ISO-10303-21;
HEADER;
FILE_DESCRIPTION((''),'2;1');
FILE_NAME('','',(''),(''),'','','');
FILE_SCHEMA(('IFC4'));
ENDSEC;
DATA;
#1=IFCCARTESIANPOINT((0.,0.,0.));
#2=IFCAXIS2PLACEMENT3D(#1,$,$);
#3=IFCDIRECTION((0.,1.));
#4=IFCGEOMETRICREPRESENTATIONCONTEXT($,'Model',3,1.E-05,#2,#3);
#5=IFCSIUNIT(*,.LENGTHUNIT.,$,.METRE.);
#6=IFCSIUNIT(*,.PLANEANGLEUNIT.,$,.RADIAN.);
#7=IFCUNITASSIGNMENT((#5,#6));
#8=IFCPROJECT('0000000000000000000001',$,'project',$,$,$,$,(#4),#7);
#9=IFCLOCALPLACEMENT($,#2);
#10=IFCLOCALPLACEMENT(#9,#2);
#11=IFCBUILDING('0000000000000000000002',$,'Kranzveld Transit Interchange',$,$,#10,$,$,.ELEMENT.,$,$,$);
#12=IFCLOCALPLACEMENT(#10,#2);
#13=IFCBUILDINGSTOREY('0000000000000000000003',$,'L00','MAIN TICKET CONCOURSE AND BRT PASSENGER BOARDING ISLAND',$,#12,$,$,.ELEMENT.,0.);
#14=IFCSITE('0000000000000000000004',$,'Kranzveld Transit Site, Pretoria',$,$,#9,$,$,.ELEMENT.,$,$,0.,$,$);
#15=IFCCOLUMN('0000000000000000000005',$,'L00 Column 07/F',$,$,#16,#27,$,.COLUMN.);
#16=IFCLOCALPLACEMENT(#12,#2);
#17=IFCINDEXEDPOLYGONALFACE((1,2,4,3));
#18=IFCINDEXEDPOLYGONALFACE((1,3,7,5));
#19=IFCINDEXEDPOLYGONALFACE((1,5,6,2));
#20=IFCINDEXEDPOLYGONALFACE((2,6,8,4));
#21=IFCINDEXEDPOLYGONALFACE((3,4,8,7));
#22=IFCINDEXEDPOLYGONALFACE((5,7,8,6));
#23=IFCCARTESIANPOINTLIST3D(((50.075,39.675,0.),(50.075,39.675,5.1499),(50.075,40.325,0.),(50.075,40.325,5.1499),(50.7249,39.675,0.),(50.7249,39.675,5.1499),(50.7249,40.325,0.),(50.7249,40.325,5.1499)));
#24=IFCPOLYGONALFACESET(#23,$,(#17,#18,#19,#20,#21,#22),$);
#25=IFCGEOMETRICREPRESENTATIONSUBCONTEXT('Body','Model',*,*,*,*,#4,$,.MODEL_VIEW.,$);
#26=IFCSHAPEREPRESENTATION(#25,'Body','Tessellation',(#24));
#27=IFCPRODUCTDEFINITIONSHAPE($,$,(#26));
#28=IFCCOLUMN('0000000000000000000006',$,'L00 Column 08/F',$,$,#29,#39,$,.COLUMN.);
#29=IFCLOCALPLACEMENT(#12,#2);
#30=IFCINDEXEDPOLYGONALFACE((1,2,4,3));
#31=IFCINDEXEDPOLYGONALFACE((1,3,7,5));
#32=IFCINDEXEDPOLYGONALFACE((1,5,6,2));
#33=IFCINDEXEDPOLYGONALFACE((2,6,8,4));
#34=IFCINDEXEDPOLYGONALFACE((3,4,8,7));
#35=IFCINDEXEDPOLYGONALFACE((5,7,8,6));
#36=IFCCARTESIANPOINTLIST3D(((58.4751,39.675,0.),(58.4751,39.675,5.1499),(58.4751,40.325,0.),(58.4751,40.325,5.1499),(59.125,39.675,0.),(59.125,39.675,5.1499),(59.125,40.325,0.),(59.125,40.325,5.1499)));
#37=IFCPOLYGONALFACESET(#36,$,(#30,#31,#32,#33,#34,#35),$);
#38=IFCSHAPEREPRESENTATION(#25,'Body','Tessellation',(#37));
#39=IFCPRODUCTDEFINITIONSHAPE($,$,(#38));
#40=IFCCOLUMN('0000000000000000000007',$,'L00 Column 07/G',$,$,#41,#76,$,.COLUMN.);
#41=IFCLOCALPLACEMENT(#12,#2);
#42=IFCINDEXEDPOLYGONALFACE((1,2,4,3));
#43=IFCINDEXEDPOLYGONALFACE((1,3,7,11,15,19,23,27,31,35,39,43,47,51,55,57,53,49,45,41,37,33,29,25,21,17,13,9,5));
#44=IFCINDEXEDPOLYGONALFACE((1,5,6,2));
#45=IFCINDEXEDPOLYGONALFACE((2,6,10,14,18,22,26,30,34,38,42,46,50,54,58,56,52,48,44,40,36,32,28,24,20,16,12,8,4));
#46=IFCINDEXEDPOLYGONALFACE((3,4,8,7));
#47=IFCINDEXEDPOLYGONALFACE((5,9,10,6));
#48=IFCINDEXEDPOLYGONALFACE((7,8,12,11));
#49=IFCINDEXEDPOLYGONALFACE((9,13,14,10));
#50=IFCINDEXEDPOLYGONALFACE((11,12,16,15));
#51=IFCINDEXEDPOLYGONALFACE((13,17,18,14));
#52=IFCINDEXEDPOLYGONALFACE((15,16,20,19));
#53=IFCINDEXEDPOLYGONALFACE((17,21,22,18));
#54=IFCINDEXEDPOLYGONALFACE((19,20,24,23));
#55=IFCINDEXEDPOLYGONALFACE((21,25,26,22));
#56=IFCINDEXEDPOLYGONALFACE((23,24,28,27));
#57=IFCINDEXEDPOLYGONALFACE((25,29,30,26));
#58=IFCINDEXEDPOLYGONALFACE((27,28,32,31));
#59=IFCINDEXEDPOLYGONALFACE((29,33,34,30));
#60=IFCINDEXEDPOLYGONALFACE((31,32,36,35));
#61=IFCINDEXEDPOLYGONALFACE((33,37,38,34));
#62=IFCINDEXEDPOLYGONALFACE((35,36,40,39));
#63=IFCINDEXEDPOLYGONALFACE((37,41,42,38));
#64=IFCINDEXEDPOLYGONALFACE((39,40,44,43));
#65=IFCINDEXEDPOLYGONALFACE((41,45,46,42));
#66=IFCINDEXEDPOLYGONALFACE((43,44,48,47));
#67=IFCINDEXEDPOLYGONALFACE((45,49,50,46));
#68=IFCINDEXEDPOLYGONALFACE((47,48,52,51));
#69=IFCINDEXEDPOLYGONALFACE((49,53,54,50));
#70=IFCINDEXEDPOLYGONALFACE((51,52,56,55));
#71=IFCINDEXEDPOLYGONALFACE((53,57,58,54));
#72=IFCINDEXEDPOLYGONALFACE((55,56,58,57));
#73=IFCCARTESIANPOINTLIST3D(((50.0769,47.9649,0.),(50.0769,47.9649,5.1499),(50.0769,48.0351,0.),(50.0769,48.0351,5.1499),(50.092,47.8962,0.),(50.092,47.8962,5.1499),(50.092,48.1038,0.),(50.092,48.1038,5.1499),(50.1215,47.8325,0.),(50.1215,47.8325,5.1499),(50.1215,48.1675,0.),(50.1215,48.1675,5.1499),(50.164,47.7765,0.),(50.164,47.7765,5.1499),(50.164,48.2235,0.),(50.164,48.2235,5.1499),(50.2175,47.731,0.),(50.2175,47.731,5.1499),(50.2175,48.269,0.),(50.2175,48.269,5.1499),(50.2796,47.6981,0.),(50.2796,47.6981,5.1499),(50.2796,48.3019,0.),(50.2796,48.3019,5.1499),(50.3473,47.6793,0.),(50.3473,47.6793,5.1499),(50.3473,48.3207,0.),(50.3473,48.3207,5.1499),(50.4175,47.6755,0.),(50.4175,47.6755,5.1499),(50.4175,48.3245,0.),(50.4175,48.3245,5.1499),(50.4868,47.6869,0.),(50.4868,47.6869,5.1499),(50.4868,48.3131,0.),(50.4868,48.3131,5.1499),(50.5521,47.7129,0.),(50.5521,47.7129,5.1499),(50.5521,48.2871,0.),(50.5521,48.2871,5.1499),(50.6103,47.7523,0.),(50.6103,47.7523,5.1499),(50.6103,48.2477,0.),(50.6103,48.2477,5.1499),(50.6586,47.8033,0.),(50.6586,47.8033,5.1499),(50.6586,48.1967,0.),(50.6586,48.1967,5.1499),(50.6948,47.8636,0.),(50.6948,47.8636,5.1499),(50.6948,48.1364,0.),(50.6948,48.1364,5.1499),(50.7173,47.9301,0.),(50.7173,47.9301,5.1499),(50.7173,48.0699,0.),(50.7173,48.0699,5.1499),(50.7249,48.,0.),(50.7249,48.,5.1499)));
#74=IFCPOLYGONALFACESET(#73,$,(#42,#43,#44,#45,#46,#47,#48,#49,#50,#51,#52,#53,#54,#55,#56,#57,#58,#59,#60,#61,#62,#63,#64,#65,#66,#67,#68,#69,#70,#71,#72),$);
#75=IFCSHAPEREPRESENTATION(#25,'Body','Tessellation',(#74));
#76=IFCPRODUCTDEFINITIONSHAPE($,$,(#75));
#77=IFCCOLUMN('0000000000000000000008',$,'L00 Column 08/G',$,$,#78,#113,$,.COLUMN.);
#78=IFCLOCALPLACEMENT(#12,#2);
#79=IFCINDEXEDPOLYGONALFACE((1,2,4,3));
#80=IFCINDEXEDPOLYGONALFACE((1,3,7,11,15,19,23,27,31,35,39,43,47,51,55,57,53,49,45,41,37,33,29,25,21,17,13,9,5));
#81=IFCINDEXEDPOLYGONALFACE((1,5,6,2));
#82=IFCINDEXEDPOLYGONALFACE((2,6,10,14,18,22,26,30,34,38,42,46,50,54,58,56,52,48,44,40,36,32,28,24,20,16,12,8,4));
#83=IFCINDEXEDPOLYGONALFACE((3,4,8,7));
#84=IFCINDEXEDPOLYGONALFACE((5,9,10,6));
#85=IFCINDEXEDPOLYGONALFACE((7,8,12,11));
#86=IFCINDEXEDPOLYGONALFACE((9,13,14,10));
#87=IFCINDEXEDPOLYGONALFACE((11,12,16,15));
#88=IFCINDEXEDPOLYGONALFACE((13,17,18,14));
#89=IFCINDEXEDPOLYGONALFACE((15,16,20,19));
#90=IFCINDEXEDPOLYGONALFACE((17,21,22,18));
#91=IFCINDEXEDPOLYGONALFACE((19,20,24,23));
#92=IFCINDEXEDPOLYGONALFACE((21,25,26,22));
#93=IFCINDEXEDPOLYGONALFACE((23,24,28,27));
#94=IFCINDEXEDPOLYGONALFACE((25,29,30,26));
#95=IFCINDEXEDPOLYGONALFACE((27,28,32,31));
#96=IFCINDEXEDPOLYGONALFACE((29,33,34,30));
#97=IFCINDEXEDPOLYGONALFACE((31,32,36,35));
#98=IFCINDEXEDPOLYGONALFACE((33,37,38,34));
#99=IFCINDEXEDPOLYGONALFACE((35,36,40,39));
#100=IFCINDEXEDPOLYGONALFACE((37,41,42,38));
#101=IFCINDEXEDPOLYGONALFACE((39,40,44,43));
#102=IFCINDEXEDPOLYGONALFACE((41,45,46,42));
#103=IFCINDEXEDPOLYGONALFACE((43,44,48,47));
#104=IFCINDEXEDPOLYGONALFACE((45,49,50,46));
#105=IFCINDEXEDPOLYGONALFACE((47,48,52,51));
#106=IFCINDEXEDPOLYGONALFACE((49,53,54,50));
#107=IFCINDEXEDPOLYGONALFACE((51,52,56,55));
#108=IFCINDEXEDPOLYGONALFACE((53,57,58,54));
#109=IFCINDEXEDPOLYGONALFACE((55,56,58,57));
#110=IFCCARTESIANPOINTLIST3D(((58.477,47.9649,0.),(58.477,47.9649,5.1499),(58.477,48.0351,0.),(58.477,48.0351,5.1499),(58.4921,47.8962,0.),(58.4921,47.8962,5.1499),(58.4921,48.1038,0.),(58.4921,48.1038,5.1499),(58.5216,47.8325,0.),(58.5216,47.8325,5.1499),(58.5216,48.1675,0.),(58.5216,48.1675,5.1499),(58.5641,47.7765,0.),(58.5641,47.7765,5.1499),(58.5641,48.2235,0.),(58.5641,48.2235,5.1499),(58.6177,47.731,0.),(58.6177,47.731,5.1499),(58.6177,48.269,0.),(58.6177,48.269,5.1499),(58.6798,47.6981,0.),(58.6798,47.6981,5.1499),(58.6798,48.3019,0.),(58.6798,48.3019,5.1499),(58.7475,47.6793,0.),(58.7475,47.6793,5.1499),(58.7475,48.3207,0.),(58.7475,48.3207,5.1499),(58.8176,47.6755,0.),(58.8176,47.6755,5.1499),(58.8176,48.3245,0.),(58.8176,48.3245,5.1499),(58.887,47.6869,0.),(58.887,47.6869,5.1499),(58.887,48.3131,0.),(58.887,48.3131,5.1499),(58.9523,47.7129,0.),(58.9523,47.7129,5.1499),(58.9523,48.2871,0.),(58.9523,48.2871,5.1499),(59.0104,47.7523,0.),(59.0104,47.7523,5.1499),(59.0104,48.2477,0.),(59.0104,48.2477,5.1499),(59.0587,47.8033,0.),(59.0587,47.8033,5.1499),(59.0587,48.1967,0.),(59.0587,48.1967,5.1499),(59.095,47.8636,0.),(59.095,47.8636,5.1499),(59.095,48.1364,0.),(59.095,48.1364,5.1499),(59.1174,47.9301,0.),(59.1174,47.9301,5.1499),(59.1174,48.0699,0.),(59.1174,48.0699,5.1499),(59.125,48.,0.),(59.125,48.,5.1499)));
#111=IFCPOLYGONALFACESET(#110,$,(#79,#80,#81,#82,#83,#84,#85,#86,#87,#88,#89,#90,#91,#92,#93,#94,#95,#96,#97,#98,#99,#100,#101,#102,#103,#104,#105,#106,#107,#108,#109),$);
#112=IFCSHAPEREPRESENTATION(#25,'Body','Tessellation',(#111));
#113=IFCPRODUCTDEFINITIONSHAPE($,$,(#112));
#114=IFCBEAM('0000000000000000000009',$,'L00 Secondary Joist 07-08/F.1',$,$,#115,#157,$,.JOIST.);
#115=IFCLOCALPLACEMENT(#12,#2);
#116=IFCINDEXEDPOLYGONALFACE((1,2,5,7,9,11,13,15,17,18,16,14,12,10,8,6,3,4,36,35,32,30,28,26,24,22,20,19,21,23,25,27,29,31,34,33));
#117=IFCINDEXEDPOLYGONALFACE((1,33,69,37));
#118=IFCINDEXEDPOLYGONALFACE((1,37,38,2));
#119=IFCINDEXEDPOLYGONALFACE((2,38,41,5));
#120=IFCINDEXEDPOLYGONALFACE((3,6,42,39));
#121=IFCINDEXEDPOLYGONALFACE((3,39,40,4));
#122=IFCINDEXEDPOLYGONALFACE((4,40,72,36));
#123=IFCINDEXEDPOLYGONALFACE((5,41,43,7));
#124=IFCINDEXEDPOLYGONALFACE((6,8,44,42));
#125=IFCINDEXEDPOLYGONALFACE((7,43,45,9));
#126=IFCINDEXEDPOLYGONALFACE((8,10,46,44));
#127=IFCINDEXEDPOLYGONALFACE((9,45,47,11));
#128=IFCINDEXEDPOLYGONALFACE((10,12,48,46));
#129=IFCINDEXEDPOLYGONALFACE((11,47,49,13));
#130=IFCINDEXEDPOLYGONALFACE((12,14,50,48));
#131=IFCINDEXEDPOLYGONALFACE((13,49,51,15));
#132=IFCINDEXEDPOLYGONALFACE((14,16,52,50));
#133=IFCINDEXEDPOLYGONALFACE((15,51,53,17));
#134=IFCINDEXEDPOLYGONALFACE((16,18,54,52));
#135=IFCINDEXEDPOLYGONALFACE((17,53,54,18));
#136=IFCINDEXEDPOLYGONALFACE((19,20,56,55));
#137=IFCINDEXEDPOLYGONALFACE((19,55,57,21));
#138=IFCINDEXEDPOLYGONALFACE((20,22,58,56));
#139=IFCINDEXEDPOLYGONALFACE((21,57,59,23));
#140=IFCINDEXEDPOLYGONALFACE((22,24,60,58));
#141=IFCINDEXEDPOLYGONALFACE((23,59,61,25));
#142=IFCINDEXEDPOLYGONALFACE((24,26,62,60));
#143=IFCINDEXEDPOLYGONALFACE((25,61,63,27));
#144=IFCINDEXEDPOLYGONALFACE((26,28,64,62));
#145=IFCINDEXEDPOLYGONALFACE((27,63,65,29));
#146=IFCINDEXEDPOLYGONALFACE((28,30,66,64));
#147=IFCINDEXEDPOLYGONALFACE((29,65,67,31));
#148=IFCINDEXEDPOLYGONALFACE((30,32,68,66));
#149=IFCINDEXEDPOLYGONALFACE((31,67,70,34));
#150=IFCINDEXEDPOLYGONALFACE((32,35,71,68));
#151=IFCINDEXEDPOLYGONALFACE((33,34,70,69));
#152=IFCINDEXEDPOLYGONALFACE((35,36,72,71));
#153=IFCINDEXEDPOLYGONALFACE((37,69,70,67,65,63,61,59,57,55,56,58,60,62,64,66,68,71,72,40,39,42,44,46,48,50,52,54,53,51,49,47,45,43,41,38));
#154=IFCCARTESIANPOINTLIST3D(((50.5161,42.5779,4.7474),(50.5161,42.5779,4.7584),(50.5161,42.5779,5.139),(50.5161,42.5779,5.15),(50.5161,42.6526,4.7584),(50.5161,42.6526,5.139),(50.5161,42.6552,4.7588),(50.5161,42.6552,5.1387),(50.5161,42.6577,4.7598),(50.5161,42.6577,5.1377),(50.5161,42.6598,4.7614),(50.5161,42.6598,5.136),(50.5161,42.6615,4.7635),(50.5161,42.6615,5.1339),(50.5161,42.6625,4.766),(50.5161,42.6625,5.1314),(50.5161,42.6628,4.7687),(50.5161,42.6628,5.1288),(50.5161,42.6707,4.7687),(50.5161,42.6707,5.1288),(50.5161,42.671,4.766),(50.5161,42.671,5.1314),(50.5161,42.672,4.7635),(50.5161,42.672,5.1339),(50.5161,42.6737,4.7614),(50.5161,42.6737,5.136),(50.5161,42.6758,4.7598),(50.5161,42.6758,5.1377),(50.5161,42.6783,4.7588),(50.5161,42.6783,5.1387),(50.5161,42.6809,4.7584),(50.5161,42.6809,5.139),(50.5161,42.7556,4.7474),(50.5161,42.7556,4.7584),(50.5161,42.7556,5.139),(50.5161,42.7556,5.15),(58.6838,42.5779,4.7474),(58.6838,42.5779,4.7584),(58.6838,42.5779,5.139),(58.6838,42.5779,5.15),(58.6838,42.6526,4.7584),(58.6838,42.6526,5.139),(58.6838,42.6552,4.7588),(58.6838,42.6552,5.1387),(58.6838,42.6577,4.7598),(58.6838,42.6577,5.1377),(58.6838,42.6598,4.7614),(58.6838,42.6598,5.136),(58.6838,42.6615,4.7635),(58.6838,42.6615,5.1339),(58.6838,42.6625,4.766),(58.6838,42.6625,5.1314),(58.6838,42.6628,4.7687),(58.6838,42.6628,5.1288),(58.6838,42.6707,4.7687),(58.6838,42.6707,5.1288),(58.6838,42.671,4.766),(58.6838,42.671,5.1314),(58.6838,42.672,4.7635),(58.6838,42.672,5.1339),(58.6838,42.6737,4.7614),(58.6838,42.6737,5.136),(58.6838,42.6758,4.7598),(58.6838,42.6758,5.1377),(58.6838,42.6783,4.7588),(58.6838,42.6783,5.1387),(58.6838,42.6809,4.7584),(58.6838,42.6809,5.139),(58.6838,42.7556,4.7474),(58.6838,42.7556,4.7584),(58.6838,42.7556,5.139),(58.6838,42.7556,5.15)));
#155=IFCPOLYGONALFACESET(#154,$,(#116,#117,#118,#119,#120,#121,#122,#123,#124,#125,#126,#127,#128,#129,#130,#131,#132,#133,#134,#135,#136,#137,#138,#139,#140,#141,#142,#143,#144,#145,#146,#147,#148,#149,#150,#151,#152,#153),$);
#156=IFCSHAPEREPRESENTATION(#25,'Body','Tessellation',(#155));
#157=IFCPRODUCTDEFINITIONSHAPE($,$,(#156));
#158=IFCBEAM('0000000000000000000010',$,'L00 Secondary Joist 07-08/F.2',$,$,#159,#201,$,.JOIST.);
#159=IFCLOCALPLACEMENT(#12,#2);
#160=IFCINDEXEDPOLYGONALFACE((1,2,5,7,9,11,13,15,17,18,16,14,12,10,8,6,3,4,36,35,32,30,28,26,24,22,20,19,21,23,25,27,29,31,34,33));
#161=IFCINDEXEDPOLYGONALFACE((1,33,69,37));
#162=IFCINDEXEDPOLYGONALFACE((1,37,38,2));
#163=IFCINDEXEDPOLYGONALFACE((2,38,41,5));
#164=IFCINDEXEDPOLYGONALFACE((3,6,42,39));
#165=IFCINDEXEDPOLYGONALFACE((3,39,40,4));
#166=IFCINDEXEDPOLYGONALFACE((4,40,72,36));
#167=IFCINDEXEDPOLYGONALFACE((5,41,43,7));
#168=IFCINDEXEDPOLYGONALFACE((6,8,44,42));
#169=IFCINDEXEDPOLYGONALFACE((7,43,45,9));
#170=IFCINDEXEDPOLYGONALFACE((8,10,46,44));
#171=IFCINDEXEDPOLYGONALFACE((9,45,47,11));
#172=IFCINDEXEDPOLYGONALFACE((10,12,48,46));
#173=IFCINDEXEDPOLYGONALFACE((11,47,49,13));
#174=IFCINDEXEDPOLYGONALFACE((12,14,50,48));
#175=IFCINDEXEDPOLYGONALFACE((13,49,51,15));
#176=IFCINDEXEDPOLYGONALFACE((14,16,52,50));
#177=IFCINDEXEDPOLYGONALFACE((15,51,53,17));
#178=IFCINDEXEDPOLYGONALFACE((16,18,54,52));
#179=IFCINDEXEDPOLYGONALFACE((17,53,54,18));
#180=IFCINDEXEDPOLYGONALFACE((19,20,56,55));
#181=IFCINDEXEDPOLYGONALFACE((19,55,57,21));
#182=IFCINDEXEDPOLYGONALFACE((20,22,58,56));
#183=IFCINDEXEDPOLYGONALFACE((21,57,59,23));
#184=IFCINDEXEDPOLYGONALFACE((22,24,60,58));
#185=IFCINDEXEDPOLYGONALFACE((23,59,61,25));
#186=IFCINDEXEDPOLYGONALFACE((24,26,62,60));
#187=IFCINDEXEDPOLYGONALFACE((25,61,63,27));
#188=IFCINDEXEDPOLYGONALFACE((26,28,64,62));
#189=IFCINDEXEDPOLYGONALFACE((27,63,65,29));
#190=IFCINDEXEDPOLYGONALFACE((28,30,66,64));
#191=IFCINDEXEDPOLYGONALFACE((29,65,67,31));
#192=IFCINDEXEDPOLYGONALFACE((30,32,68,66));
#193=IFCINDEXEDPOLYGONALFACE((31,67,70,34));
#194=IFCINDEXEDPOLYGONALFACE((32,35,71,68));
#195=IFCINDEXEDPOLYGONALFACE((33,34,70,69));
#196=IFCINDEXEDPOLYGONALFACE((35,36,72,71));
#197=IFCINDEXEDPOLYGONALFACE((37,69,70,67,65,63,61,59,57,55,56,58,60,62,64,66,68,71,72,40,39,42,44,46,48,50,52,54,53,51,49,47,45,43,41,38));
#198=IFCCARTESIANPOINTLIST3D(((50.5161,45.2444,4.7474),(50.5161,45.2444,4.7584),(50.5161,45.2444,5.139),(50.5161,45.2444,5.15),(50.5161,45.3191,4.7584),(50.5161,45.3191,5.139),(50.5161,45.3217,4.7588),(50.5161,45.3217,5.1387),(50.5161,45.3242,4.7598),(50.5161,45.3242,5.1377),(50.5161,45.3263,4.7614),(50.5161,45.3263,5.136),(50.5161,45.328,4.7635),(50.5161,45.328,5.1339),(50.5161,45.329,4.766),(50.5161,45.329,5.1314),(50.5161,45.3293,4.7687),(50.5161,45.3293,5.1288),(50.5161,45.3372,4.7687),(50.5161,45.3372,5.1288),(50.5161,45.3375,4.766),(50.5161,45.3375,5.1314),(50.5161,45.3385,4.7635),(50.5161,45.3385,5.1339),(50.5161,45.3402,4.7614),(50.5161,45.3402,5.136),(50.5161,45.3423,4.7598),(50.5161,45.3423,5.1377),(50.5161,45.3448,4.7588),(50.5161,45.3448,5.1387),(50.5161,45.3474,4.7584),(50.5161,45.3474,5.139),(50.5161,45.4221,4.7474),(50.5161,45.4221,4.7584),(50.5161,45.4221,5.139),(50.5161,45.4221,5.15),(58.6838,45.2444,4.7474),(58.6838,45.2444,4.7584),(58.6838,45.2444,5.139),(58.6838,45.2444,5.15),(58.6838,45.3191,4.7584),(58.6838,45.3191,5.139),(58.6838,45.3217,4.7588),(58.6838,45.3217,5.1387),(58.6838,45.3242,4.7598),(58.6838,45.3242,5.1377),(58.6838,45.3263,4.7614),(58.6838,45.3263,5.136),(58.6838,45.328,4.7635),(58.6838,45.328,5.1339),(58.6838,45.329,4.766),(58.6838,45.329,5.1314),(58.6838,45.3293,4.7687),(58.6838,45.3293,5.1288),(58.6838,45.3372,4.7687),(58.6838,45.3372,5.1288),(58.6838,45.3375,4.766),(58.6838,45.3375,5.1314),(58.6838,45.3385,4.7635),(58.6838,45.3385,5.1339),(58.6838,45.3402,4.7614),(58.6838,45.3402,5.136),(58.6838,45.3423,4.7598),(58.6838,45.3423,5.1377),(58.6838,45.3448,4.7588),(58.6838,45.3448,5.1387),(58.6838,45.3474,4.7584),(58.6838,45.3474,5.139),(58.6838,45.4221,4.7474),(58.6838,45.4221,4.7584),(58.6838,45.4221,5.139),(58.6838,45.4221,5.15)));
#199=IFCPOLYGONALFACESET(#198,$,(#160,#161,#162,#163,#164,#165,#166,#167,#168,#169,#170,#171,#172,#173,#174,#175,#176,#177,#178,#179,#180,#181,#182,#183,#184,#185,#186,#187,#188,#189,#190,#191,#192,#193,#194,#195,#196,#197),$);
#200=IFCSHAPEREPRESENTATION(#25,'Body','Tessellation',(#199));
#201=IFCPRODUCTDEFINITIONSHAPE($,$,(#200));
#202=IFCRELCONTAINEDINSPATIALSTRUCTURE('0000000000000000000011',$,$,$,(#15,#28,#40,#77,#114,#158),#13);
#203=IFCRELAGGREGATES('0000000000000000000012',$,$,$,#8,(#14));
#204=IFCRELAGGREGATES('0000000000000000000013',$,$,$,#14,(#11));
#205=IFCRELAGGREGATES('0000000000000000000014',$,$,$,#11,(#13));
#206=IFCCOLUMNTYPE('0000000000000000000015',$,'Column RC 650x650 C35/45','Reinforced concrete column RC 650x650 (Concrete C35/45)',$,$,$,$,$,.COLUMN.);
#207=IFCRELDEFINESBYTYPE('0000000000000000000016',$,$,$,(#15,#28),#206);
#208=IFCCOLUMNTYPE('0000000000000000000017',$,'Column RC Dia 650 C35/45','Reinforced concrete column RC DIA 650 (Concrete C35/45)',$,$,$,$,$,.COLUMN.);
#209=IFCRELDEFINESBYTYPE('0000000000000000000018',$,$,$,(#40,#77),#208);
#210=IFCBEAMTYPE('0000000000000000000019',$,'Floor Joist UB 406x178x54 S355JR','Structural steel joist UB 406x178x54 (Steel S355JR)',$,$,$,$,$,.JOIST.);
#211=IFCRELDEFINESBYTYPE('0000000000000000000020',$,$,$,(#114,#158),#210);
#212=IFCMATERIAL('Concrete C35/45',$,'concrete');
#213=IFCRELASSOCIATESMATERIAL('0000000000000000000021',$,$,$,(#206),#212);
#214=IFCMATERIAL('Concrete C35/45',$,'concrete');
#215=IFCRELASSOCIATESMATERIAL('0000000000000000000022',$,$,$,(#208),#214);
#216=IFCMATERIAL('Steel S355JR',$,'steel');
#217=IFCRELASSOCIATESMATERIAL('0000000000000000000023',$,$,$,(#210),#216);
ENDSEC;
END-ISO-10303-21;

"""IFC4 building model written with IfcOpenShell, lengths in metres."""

from ifc_helpers import new_model, si_unit, direction, frame, origin, origin_2d, place, context, subcontext, project, spatial, rectangle, circle, i_section, extrude, material, material_profile, profile_set, type_object, element, save


model = new_model("IFC4")

# Units and contexts
model_context = context("Model", 3, precision=1e-05, world=origin(), true_north=direction((0.0, 1.0)))
body_context = subcontext(model_context, "Body", "Model", "MODEL_VIEW")
ifc_project = project(units=[si_unit("LENGTHUNIT", "METRE"), si_unit("PLANEANGLEUNIT", "RADIAN")], contexts=[model_context])

# Site, building, storey
site_placement = place(None, origin())
site = spatial("IfcSite", under=ifc_project, at=site_placement, Name="Kranzveld Transit Site, Pretoria", CompositionType="ELEMENT", RefElevation=0.0)
building_placement = place(site_placement, origin())
building = spatial("IfcBuilding", under=site, at=building_placement, Name="Kranzveld Transit Interchange", CompositionType="ELEMENT")
storey_placement = place(building_placement, origin())
storey = spatial("IfcBuildingStorey", under=building, at=storey_placement, Name="L00", Description="MAIN TICKET CONCOURSE AND BRT PASSENGER BOARDING ISLAND", CompositionType="ELEMENT", Elevation=0.0)

# Columns
ifc_material_1 = material(Name="Concrete C35/45", Category="concrete")
ifc_material_profile_1 = material_profile(ifc_material_1, rectangle(XDim=0.6499, YDim=0.6499, at=origin_2d()), Name="RC 650x650")
ifc_profile_set_1 = profile_set([ifc_material_profile_1], Name="Concrete C35/45")
column_type_1 = type_object("IfcColumnType", Name="Column RC 650x650 C35/45", Description="Reinforced concrete column RC 650x650 (Concrete C35/45)", PredefinedType="COLUMN", material=ifc_profile_set_1)
for number, where, z_axis, x_axis, name in (
    (1, (50.3999, 40.0, 0.0), (0.0, 0.0, 1.0), (1.0, 0.0, 0.0), "L00 Column 07/F"),
    (2, (58.8, 40.0, 0.0), (0.0, 0.0, 1.0), (1.0, 0.0, 0.0), "L00 Column 08/F"),
):
    element("IfcColumn", number, at=place(storey_placement, frame(where, z_axis=z_axis, x_axis=x_axis)), inside=storey, type_object=column_type_1, Name=name, PredefinedType="COLUMN", context=body_context, shape_type="SweptSolid", body=[
        extrude(rectangle(XDim=0.6499, YDim=0.6499, at=origin_2d()), origin(), (0.0, 0.0, 1.0), 5.1499),
    ])
ifc_material_2 = material(Name="Concrete C35/45", Category="concrete")
ifc_material_profile_2 = material_profile(ifc_material_2, circle(Radius=0.325, at=origin_2d()), Name="RC DIA 650")
ifc_profile_set_2 = profile_set([ifc_material_profile_2], Name="Concrete C35/45")
column_type_2 = type_object("IfcColumnType", Name="Column RC Dia 650 C35/45", Description="Reinforced concrete column RC DIA 650 (Concrete C35/45)", PredefinedType="COLUMN", material=ifc_profile_set_2)
for number, where, z_axis, x_axis, name in (
    (3, (50.3999, 48.0, 0.0), (0.0, 0.0, 1.0), (1.0, 0.0, 0.0), "L00 Column 07/G"),
    (4, (58.8, 48.0, 0.0), (0.0, 0.0, 1.0), (1.0, 0.0, 0.0), "L00 Column 08/G"),
):
    element("IfcColumn", number, at=place(storey_placement, frame(where, z_axis=z_axis, x_axis=x_axis)), inside=storey, type_object=column_type_2, Name=name, PredefinedType="COLUMN", context=body_context, shape_type="SweptSolid", body=[
        extrude(circle(Radius=0.325, at=origin_2d()), origin(), (0.0, 0.0, 1.0), 5.1499),
    ])

# Beams
ifc_material_3 = material(Name="Steel S355JR", Category="steel")
ifc_material_profile_3 = material_profile(ifc_material_3, i_section(OverallWidth=0.1777, OverallDepth=0.4026, WebThickness=0.0078, FlangeThickness=0.011, FilletRadius=0.0103, at=origin_2d()), Name="UB 406x178x54")
ifc_profile_set_3 = profile_set([ifc_material_profile_3], Name="Steel S355JR")
beam_type_1 = type_object("IfcBeamType", Name="Floor Joist UB 406x178x54 S355JR", Description="Structural steel joist UB 406x178x54 (Steel S355JR)", PredefinedType="JOIST", material=ifc_profile_set_3)
for number, where, z_axis, x_axis, name in (
    (5, (50.5161, 42.6667, 4.9487), (1.0, 0.0, 0.0), (0.0, 1.0, 0.0), "L00 Secondary Joist 07-08/F.1"),
    (6, (50.5161, 45.3333, 4.9487), (1.0, 0.0, 0.0), (0.0, 1.0, 0.0), "L00 Secondary Joist 07-08/F.2"),
):
    element("IfcBeam", number, at=place(storey_placement, frame(where, z_axis=z_axis, x_axis=x_axis)), inside=storey, type_object=beam_type_1, Name=name, PredefinedType="JOIST", context=body_context, shape_type="SweptSolid", body=[
        extrude(i_section(OverallWidth=0.1777, OverallDepth=0.4026, WebThickness=0.0078, FlangeThickness=0.011, FilletRadius=0.0103, at=origin_2d()), origin(), (0.0, 0.0, 1.0), 8.1677),
    ])

save(model, "model.ifc")
